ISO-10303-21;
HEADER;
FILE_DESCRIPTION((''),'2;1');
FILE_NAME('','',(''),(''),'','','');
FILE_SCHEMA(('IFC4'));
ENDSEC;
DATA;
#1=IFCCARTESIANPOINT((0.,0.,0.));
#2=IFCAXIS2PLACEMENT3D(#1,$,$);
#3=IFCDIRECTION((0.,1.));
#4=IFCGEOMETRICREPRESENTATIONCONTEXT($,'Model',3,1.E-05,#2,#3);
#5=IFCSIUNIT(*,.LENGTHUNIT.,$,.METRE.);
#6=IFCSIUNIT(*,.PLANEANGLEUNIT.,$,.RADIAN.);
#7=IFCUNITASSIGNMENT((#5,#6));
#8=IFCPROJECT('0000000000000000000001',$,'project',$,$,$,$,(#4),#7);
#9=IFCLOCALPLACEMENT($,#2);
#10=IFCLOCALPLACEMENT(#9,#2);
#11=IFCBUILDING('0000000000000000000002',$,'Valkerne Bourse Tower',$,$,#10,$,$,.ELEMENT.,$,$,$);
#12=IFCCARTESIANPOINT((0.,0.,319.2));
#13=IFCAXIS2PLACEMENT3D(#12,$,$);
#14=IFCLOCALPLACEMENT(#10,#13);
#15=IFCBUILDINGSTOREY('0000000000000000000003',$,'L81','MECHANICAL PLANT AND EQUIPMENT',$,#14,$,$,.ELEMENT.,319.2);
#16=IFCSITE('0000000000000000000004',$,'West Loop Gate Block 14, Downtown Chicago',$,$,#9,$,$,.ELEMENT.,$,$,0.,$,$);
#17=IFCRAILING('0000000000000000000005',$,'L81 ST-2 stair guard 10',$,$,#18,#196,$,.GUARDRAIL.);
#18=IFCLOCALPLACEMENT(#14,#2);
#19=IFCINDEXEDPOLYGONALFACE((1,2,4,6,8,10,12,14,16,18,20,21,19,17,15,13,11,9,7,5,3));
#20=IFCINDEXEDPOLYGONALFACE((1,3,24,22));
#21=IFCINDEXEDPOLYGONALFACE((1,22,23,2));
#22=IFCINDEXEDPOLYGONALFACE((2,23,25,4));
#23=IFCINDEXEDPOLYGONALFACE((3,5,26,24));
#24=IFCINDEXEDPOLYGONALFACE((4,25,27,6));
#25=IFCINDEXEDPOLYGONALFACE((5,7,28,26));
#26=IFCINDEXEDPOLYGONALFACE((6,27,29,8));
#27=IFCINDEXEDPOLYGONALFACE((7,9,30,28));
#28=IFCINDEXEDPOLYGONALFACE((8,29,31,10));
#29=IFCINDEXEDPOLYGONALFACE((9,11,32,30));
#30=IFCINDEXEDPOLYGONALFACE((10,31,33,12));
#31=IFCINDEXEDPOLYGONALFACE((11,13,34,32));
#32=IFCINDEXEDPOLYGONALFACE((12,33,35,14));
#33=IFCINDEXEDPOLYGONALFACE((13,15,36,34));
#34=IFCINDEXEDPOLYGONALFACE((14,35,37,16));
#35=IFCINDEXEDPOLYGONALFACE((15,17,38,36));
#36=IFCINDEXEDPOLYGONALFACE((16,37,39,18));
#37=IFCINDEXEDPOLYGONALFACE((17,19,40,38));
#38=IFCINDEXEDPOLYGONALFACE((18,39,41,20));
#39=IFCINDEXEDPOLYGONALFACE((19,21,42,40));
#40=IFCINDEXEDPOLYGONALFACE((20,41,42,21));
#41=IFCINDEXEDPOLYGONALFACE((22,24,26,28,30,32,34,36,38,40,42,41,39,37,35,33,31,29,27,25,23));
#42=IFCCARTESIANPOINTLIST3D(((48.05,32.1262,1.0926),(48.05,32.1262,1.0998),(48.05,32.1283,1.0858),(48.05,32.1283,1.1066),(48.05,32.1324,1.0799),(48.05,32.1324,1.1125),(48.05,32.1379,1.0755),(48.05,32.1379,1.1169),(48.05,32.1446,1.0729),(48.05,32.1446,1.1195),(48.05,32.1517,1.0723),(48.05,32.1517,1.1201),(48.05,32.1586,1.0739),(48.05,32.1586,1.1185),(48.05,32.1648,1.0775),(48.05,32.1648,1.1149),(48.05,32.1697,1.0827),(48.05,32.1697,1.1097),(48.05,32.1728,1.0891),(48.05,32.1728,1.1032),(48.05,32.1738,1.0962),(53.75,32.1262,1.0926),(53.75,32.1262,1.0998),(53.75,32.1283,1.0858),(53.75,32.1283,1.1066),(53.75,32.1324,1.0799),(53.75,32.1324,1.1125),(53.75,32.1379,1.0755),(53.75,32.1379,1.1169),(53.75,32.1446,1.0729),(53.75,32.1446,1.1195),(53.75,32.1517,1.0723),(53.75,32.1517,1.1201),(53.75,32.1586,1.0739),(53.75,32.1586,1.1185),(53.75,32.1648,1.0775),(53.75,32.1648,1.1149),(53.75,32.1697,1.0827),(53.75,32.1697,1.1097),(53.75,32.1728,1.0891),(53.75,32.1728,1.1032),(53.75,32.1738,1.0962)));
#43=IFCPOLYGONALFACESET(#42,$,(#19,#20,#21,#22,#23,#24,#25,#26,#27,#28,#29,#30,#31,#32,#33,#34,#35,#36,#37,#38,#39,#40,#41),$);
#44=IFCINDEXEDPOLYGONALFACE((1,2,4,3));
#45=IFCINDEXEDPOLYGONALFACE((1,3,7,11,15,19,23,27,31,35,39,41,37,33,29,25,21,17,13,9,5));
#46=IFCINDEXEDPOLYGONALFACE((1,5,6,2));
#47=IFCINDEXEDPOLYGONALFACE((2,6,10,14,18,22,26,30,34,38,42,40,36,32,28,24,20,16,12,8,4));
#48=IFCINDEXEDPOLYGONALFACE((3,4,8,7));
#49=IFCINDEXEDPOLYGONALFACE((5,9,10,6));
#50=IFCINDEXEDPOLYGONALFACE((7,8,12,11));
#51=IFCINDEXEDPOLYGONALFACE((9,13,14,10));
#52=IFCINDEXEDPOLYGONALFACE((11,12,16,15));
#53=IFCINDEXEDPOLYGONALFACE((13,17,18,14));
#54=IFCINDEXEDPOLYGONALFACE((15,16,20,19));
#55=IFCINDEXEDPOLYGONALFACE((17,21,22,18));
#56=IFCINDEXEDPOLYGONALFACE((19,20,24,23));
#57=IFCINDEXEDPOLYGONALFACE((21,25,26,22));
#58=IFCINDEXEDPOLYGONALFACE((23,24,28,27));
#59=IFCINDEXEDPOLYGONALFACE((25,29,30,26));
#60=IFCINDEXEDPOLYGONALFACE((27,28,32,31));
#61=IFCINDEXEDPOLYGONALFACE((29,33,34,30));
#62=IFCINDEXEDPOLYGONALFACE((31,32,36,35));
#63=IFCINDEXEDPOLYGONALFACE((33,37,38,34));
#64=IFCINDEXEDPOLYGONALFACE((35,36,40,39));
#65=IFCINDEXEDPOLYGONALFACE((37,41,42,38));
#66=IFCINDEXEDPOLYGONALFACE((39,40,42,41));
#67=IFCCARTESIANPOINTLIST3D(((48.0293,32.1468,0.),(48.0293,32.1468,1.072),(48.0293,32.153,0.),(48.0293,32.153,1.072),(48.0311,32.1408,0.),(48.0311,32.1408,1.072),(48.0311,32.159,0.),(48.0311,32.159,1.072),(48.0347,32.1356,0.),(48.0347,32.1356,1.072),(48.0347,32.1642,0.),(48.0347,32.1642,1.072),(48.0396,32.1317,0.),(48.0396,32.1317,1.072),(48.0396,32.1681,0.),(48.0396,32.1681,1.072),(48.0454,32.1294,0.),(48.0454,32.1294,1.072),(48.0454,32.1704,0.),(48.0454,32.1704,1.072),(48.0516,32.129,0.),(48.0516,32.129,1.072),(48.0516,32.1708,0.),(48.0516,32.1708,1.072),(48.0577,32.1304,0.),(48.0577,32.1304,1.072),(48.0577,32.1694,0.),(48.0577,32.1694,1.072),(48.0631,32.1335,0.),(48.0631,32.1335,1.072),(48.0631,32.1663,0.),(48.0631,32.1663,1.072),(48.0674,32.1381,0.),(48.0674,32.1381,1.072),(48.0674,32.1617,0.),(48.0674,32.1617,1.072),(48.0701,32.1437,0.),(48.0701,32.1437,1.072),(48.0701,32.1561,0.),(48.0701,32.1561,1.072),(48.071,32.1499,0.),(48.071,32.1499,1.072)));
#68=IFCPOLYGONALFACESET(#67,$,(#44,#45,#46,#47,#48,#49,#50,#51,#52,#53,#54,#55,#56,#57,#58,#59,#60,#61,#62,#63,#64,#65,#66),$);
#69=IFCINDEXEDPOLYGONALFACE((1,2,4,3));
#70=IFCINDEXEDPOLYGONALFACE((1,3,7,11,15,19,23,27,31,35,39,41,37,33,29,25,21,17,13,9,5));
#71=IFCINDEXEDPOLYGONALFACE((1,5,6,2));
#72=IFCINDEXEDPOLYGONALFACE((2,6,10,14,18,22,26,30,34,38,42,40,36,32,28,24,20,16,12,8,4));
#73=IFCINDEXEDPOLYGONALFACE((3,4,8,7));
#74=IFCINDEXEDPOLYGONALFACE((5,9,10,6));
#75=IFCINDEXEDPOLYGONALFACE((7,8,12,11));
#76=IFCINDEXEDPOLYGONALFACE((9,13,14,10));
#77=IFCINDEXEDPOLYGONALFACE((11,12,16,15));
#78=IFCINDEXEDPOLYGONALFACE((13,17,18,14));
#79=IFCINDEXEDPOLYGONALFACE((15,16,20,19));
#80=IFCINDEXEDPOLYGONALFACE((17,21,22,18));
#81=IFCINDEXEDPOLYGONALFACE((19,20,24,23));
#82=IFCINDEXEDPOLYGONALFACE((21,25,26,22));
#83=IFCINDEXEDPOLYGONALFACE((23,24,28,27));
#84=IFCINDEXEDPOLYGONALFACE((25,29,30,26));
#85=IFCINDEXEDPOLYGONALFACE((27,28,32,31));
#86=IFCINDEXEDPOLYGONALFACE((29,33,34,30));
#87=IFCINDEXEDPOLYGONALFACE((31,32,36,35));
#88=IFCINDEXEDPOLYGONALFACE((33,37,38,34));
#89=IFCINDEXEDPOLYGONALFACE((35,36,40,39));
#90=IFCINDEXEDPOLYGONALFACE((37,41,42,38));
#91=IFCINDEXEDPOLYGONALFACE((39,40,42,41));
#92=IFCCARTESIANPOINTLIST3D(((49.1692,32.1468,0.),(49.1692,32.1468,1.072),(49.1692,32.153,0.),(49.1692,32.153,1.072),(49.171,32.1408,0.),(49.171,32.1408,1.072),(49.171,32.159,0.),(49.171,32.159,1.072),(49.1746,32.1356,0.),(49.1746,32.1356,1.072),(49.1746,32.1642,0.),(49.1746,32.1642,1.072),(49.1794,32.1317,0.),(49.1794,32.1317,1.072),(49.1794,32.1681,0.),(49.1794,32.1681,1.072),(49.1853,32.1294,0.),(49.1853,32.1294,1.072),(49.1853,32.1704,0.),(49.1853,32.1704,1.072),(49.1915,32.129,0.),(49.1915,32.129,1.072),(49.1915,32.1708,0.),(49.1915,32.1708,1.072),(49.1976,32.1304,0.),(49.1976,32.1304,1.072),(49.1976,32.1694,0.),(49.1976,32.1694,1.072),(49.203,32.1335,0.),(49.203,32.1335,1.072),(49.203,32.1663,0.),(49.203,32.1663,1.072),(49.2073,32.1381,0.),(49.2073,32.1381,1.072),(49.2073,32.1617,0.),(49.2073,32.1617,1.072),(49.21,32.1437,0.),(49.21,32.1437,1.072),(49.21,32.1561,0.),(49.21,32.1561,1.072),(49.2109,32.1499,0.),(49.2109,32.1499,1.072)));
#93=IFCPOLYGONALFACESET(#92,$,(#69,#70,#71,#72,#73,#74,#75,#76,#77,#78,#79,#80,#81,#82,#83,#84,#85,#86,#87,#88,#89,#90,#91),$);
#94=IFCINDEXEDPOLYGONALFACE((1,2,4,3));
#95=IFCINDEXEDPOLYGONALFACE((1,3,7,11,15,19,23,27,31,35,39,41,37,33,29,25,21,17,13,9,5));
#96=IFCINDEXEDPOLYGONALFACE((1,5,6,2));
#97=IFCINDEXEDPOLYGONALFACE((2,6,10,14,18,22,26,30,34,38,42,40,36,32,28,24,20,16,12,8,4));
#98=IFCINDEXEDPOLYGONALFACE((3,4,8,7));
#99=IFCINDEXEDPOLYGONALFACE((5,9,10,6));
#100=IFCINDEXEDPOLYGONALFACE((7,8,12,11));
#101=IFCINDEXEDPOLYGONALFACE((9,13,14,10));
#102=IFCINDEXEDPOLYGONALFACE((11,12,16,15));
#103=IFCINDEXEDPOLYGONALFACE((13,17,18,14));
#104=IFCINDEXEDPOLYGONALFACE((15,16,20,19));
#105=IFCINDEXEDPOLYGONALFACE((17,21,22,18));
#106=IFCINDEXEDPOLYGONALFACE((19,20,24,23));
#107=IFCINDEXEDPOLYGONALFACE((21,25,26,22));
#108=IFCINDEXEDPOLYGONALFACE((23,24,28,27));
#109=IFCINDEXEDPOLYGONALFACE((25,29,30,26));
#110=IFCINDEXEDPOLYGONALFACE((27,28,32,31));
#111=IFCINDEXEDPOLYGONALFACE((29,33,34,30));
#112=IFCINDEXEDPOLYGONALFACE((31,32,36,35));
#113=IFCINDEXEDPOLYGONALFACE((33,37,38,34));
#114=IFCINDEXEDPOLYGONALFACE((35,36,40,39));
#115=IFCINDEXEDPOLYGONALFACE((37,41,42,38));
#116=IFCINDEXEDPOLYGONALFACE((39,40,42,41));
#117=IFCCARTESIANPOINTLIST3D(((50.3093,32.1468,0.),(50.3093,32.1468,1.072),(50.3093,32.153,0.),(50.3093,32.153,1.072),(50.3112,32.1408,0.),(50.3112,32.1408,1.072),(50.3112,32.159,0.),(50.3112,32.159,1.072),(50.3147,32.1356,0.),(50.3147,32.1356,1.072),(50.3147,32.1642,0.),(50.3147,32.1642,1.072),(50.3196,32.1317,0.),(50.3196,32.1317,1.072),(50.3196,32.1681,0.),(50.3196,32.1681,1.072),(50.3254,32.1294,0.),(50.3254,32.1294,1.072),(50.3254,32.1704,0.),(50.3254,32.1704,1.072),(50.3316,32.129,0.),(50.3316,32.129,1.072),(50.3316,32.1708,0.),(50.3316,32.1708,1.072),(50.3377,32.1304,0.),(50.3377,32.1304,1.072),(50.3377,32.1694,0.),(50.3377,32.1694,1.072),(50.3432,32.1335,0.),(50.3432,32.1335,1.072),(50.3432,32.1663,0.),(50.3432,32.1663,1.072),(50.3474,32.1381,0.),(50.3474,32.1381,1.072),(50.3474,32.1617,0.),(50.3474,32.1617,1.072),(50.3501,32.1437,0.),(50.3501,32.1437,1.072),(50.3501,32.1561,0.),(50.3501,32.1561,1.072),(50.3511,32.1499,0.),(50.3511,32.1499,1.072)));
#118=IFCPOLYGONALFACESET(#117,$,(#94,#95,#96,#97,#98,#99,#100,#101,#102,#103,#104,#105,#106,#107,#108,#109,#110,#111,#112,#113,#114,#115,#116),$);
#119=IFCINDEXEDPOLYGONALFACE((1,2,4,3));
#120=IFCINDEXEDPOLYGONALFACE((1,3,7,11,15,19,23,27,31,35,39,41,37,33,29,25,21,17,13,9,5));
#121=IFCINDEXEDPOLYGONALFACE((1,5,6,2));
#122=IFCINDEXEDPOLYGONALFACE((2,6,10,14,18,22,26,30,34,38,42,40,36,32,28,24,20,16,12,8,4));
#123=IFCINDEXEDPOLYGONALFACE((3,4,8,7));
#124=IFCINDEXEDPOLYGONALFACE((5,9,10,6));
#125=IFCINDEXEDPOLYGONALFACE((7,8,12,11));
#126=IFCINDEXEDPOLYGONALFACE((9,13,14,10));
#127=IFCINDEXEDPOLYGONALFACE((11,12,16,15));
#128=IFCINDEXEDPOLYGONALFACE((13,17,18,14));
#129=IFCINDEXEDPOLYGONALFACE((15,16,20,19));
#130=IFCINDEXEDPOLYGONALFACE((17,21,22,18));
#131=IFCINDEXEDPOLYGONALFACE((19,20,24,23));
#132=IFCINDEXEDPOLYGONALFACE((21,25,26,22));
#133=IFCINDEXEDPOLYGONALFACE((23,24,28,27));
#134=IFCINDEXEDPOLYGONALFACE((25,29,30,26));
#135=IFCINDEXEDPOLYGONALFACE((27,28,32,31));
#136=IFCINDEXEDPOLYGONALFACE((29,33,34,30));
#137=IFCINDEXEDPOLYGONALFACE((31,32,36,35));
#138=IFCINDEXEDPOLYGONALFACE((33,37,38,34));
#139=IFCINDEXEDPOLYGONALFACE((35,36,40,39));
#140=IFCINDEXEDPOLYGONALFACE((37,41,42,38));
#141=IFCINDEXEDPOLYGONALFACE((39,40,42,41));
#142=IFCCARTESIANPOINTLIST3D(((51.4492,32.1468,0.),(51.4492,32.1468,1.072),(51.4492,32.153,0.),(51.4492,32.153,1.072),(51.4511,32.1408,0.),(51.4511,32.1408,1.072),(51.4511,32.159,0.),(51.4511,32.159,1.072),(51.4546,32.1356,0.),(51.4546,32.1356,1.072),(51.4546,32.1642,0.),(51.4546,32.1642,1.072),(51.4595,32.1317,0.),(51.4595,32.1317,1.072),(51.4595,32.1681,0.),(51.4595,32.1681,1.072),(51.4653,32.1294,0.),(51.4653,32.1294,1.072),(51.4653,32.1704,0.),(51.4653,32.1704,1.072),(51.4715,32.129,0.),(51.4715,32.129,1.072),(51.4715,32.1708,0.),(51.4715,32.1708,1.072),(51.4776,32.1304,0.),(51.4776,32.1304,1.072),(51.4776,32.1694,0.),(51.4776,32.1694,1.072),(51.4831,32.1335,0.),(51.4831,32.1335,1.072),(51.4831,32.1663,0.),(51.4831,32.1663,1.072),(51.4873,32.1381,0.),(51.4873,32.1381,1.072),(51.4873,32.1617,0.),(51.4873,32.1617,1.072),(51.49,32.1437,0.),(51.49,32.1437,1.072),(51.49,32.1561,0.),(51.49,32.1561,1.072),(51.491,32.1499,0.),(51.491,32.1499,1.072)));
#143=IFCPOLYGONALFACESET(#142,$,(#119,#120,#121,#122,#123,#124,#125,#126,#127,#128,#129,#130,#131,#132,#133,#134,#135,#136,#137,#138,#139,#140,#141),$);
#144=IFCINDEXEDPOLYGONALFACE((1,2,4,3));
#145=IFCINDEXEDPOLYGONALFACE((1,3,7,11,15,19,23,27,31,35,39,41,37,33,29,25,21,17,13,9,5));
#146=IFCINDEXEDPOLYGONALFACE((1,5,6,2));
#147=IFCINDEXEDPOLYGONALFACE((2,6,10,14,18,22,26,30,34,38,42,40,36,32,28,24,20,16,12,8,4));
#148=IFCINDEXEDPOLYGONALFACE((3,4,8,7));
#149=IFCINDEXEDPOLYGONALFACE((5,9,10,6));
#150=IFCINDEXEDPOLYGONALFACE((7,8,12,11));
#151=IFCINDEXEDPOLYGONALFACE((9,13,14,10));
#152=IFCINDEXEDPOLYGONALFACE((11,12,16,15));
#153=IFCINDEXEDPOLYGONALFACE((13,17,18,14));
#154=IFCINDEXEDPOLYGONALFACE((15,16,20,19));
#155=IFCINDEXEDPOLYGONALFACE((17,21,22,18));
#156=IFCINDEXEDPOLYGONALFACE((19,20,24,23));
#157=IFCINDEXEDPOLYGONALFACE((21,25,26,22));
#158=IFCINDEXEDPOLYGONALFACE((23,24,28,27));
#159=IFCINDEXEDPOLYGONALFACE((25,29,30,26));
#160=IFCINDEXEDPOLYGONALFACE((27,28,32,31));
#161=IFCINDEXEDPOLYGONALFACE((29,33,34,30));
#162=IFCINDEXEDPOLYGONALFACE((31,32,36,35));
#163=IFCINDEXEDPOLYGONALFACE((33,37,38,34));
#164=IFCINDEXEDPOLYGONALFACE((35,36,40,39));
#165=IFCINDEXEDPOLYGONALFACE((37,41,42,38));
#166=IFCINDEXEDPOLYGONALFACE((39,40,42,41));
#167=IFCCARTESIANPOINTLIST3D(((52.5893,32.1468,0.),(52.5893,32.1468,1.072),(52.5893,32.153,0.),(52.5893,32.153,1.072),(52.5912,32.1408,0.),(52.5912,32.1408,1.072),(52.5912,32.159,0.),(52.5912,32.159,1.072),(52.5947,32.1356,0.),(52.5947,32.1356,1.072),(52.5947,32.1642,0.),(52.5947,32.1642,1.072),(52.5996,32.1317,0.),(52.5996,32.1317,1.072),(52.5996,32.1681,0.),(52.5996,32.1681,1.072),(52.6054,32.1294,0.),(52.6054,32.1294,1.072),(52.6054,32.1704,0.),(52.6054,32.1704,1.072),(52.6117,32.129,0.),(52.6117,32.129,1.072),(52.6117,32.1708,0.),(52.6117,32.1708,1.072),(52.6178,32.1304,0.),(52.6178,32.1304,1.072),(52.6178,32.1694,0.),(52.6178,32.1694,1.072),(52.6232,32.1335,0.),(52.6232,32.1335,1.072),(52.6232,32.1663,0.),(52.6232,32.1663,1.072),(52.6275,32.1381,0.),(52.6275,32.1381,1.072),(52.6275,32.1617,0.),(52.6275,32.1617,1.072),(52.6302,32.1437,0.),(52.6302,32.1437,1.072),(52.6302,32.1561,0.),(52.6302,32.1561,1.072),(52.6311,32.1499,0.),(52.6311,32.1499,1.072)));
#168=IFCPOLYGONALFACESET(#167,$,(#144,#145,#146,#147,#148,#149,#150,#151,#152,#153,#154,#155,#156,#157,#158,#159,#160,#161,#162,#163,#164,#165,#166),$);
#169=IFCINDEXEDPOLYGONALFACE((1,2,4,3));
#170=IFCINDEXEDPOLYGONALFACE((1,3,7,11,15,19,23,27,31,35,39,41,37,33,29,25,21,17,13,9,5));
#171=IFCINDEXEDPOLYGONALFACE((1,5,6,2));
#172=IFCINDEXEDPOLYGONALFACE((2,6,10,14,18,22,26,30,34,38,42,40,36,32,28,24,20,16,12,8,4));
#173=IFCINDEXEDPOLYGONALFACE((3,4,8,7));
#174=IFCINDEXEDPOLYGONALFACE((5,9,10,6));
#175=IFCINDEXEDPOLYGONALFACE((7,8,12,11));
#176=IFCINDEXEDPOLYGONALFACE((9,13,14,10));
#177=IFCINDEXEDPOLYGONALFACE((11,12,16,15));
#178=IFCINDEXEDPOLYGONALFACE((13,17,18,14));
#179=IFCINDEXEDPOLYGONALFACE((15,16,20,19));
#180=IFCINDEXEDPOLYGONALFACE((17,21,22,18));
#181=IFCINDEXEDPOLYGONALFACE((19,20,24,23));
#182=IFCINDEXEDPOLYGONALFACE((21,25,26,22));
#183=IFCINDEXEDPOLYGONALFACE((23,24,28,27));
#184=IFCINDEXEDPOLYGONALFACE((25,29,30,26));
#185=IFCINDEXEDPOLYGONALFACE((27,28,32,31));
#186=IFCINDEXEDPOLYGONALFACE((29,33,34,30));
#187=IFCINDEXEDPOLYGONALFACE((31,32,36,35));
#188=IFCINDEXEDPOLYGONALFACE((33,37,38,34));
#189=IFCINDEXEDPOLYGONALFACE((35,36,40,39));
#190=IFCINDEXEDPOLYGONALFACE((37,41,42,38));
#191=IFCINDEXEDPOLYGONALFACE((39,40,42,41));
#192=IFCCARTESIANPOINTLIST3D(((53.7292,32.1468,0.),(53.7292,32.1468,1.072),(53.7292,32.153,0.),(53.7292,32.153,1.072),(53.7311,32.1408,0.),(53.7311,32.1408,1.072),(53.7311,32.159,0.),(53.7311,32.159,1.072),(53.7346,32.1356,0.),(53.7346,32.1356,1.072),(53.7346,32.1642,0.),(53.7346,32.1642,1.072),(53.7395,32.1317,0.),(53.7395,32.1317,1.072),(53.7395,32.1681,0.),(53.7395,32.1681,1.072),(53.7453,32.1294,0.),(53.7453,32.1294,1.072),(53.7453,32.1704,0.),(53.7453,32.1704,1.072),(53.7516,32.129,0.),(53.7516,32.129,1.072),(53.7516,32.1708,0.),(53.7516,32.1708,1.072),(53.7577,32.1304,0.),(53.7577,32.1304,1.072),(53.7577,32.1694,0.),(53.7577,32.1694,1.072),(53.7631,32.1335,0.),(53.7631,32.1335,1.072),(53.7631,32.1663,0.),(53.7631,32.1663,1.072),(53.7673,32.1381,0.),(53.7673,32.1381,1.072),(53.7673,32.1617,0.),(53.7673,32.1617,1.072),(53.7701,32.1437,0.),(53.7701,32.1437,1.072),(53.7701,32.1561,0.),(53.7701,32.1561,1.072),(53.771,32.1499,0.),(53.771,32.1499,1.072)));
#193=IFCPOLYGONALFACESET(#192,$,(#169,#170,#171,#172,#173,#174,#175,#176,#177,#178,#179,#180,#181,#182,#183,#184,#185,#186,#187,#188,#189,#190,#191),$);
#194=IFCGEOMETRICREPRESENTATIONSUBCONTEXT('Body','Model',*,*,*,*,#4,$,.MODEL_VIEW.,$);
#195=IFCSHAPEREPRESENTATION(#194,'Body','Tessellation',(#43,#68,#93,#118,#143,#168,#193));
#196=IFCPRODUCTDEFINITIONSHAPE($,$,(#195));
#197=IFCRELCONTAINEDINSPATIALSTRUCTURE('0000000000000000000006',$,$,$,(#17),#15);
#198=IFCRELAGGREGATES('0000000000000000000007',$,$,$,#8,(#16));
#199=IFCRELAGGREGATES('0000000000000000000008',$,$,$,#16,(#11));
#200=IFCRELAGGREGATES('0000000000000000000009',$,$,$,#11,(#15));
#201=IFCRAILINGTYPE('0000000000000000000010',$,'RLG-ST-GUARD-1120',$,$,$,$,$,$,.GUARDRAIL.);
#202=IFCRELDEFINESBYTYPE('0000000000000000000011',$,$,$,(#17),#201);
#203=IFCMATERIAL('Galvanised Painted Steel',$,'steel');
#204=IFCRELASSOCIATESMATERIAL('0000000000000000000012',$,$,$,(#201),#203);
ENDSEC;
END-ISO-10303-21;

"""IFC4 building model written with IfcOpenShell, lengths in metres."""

from ifc_helpers import new_model, si_unit, direction, frame, origin, origin_2d, place, context, subcontext, project, spatial, circle, extrude, material, type_object, element, save


model = new_model("IFC4")

# Units and contexts
model_context = context("Model", 3, precision=1e-05, world=origin(), true_north=direction((0.0, 1.0)))
body_context = subcontext(model_context, "Body", "Model", "MODEL_VIEW")
ifc_project = project(units=[si_unit("LENGTHUNIT", "METRE"), si_unit("PLANEANGLEUNIT", "RADIAN")], contexts=[model_context])

# Site, building, storey
site_placement = place(None, origin())
site = spatial("IfcSite", under=ifc_project, at=site_placement, Name="West Loop Gate Block 14, Downtown Chicago", CompositionType="ELEMENT", RefElevation=0.0)
building_placement = place(site_placement, origin())
building = spatial("IfcBuilding", under=site, at=building_placement, Name="Valkerne Bourse Tower", CompositionType="ELEMENT")
storey_placement = place(building_placement, frame((0.0, 0.0, 319.2)))
storey = spatial("IfcBuildingStorey", under=building, at=storey_placement, Name="L81", Description="MECHANICAL PLANT AND EQUIPMENT", CompositionType="ELEMENT", Elevation=319.2)

# Shared definitions
ifc_material_1 = material(Name="Galvanised Painted Steel", Category="steel")

# Railing
railing_type_1 = type_object("IfcRailingType", Name="RLG-ST-GUARD-1120", PredefinedType="GUARDRAIL", material=ifc_material_1)
for number, where, name in (
    (1, (48.05, 32.1499, 0.0), "L81 ST-2 stair guard 10"),
):
    element("IfcRailing", number, at=place(storey_placement, frame(where)), inside=storey, type_object=railing_type_1, Name=name, PredefinedType="GUARDRAIL", context=body_context, shape_type="SweptSolid", body=[
        extrude(circle(Radius=0.0239, at=origin_2d()), frame((0.0, 0.0, 1.0962), z_axis=(1.0, 0.0, 0.0), x_axis=(0.0, 1.0, 0.0)), (0.0, 0.0, 1.0), 5.7),
        extrude(circle(Radius=0.021, at=origin_2d()), origin(), (0.0, 0.0, 1.0), 1.072),
        extrude(circle(Radius=0.021, at=origin_2d()), frame((1.1399, 0.0, 0.0)), (0.0, 0.0, 1.0), 1.072),
        extrude(circle(Radius=0.021, at=origin_2d()), frame((2.28, 0.0, 0.0)), (0.0, 0.0, 1.0), 1.072),
        extrude(circle(Radius=0.021, at=origin_2d()), frame((3.4199, 0.0, 0.0)), (0.0, 0.0, 1.0), 1.072),
        extrude(circle(Radius=0.021, at=origin_2d()), frame((4.5601, 0.0, 0.0)), (0.0, 0.0, 1.0), 1.072),
        extrude(circle(Radius=0.021, at=origin_2d()), frame((5.7, 0.0, 0.0)), (0.0, 0.0, 1.0), 1.072),
    ])

save(model, "model.ifc")
